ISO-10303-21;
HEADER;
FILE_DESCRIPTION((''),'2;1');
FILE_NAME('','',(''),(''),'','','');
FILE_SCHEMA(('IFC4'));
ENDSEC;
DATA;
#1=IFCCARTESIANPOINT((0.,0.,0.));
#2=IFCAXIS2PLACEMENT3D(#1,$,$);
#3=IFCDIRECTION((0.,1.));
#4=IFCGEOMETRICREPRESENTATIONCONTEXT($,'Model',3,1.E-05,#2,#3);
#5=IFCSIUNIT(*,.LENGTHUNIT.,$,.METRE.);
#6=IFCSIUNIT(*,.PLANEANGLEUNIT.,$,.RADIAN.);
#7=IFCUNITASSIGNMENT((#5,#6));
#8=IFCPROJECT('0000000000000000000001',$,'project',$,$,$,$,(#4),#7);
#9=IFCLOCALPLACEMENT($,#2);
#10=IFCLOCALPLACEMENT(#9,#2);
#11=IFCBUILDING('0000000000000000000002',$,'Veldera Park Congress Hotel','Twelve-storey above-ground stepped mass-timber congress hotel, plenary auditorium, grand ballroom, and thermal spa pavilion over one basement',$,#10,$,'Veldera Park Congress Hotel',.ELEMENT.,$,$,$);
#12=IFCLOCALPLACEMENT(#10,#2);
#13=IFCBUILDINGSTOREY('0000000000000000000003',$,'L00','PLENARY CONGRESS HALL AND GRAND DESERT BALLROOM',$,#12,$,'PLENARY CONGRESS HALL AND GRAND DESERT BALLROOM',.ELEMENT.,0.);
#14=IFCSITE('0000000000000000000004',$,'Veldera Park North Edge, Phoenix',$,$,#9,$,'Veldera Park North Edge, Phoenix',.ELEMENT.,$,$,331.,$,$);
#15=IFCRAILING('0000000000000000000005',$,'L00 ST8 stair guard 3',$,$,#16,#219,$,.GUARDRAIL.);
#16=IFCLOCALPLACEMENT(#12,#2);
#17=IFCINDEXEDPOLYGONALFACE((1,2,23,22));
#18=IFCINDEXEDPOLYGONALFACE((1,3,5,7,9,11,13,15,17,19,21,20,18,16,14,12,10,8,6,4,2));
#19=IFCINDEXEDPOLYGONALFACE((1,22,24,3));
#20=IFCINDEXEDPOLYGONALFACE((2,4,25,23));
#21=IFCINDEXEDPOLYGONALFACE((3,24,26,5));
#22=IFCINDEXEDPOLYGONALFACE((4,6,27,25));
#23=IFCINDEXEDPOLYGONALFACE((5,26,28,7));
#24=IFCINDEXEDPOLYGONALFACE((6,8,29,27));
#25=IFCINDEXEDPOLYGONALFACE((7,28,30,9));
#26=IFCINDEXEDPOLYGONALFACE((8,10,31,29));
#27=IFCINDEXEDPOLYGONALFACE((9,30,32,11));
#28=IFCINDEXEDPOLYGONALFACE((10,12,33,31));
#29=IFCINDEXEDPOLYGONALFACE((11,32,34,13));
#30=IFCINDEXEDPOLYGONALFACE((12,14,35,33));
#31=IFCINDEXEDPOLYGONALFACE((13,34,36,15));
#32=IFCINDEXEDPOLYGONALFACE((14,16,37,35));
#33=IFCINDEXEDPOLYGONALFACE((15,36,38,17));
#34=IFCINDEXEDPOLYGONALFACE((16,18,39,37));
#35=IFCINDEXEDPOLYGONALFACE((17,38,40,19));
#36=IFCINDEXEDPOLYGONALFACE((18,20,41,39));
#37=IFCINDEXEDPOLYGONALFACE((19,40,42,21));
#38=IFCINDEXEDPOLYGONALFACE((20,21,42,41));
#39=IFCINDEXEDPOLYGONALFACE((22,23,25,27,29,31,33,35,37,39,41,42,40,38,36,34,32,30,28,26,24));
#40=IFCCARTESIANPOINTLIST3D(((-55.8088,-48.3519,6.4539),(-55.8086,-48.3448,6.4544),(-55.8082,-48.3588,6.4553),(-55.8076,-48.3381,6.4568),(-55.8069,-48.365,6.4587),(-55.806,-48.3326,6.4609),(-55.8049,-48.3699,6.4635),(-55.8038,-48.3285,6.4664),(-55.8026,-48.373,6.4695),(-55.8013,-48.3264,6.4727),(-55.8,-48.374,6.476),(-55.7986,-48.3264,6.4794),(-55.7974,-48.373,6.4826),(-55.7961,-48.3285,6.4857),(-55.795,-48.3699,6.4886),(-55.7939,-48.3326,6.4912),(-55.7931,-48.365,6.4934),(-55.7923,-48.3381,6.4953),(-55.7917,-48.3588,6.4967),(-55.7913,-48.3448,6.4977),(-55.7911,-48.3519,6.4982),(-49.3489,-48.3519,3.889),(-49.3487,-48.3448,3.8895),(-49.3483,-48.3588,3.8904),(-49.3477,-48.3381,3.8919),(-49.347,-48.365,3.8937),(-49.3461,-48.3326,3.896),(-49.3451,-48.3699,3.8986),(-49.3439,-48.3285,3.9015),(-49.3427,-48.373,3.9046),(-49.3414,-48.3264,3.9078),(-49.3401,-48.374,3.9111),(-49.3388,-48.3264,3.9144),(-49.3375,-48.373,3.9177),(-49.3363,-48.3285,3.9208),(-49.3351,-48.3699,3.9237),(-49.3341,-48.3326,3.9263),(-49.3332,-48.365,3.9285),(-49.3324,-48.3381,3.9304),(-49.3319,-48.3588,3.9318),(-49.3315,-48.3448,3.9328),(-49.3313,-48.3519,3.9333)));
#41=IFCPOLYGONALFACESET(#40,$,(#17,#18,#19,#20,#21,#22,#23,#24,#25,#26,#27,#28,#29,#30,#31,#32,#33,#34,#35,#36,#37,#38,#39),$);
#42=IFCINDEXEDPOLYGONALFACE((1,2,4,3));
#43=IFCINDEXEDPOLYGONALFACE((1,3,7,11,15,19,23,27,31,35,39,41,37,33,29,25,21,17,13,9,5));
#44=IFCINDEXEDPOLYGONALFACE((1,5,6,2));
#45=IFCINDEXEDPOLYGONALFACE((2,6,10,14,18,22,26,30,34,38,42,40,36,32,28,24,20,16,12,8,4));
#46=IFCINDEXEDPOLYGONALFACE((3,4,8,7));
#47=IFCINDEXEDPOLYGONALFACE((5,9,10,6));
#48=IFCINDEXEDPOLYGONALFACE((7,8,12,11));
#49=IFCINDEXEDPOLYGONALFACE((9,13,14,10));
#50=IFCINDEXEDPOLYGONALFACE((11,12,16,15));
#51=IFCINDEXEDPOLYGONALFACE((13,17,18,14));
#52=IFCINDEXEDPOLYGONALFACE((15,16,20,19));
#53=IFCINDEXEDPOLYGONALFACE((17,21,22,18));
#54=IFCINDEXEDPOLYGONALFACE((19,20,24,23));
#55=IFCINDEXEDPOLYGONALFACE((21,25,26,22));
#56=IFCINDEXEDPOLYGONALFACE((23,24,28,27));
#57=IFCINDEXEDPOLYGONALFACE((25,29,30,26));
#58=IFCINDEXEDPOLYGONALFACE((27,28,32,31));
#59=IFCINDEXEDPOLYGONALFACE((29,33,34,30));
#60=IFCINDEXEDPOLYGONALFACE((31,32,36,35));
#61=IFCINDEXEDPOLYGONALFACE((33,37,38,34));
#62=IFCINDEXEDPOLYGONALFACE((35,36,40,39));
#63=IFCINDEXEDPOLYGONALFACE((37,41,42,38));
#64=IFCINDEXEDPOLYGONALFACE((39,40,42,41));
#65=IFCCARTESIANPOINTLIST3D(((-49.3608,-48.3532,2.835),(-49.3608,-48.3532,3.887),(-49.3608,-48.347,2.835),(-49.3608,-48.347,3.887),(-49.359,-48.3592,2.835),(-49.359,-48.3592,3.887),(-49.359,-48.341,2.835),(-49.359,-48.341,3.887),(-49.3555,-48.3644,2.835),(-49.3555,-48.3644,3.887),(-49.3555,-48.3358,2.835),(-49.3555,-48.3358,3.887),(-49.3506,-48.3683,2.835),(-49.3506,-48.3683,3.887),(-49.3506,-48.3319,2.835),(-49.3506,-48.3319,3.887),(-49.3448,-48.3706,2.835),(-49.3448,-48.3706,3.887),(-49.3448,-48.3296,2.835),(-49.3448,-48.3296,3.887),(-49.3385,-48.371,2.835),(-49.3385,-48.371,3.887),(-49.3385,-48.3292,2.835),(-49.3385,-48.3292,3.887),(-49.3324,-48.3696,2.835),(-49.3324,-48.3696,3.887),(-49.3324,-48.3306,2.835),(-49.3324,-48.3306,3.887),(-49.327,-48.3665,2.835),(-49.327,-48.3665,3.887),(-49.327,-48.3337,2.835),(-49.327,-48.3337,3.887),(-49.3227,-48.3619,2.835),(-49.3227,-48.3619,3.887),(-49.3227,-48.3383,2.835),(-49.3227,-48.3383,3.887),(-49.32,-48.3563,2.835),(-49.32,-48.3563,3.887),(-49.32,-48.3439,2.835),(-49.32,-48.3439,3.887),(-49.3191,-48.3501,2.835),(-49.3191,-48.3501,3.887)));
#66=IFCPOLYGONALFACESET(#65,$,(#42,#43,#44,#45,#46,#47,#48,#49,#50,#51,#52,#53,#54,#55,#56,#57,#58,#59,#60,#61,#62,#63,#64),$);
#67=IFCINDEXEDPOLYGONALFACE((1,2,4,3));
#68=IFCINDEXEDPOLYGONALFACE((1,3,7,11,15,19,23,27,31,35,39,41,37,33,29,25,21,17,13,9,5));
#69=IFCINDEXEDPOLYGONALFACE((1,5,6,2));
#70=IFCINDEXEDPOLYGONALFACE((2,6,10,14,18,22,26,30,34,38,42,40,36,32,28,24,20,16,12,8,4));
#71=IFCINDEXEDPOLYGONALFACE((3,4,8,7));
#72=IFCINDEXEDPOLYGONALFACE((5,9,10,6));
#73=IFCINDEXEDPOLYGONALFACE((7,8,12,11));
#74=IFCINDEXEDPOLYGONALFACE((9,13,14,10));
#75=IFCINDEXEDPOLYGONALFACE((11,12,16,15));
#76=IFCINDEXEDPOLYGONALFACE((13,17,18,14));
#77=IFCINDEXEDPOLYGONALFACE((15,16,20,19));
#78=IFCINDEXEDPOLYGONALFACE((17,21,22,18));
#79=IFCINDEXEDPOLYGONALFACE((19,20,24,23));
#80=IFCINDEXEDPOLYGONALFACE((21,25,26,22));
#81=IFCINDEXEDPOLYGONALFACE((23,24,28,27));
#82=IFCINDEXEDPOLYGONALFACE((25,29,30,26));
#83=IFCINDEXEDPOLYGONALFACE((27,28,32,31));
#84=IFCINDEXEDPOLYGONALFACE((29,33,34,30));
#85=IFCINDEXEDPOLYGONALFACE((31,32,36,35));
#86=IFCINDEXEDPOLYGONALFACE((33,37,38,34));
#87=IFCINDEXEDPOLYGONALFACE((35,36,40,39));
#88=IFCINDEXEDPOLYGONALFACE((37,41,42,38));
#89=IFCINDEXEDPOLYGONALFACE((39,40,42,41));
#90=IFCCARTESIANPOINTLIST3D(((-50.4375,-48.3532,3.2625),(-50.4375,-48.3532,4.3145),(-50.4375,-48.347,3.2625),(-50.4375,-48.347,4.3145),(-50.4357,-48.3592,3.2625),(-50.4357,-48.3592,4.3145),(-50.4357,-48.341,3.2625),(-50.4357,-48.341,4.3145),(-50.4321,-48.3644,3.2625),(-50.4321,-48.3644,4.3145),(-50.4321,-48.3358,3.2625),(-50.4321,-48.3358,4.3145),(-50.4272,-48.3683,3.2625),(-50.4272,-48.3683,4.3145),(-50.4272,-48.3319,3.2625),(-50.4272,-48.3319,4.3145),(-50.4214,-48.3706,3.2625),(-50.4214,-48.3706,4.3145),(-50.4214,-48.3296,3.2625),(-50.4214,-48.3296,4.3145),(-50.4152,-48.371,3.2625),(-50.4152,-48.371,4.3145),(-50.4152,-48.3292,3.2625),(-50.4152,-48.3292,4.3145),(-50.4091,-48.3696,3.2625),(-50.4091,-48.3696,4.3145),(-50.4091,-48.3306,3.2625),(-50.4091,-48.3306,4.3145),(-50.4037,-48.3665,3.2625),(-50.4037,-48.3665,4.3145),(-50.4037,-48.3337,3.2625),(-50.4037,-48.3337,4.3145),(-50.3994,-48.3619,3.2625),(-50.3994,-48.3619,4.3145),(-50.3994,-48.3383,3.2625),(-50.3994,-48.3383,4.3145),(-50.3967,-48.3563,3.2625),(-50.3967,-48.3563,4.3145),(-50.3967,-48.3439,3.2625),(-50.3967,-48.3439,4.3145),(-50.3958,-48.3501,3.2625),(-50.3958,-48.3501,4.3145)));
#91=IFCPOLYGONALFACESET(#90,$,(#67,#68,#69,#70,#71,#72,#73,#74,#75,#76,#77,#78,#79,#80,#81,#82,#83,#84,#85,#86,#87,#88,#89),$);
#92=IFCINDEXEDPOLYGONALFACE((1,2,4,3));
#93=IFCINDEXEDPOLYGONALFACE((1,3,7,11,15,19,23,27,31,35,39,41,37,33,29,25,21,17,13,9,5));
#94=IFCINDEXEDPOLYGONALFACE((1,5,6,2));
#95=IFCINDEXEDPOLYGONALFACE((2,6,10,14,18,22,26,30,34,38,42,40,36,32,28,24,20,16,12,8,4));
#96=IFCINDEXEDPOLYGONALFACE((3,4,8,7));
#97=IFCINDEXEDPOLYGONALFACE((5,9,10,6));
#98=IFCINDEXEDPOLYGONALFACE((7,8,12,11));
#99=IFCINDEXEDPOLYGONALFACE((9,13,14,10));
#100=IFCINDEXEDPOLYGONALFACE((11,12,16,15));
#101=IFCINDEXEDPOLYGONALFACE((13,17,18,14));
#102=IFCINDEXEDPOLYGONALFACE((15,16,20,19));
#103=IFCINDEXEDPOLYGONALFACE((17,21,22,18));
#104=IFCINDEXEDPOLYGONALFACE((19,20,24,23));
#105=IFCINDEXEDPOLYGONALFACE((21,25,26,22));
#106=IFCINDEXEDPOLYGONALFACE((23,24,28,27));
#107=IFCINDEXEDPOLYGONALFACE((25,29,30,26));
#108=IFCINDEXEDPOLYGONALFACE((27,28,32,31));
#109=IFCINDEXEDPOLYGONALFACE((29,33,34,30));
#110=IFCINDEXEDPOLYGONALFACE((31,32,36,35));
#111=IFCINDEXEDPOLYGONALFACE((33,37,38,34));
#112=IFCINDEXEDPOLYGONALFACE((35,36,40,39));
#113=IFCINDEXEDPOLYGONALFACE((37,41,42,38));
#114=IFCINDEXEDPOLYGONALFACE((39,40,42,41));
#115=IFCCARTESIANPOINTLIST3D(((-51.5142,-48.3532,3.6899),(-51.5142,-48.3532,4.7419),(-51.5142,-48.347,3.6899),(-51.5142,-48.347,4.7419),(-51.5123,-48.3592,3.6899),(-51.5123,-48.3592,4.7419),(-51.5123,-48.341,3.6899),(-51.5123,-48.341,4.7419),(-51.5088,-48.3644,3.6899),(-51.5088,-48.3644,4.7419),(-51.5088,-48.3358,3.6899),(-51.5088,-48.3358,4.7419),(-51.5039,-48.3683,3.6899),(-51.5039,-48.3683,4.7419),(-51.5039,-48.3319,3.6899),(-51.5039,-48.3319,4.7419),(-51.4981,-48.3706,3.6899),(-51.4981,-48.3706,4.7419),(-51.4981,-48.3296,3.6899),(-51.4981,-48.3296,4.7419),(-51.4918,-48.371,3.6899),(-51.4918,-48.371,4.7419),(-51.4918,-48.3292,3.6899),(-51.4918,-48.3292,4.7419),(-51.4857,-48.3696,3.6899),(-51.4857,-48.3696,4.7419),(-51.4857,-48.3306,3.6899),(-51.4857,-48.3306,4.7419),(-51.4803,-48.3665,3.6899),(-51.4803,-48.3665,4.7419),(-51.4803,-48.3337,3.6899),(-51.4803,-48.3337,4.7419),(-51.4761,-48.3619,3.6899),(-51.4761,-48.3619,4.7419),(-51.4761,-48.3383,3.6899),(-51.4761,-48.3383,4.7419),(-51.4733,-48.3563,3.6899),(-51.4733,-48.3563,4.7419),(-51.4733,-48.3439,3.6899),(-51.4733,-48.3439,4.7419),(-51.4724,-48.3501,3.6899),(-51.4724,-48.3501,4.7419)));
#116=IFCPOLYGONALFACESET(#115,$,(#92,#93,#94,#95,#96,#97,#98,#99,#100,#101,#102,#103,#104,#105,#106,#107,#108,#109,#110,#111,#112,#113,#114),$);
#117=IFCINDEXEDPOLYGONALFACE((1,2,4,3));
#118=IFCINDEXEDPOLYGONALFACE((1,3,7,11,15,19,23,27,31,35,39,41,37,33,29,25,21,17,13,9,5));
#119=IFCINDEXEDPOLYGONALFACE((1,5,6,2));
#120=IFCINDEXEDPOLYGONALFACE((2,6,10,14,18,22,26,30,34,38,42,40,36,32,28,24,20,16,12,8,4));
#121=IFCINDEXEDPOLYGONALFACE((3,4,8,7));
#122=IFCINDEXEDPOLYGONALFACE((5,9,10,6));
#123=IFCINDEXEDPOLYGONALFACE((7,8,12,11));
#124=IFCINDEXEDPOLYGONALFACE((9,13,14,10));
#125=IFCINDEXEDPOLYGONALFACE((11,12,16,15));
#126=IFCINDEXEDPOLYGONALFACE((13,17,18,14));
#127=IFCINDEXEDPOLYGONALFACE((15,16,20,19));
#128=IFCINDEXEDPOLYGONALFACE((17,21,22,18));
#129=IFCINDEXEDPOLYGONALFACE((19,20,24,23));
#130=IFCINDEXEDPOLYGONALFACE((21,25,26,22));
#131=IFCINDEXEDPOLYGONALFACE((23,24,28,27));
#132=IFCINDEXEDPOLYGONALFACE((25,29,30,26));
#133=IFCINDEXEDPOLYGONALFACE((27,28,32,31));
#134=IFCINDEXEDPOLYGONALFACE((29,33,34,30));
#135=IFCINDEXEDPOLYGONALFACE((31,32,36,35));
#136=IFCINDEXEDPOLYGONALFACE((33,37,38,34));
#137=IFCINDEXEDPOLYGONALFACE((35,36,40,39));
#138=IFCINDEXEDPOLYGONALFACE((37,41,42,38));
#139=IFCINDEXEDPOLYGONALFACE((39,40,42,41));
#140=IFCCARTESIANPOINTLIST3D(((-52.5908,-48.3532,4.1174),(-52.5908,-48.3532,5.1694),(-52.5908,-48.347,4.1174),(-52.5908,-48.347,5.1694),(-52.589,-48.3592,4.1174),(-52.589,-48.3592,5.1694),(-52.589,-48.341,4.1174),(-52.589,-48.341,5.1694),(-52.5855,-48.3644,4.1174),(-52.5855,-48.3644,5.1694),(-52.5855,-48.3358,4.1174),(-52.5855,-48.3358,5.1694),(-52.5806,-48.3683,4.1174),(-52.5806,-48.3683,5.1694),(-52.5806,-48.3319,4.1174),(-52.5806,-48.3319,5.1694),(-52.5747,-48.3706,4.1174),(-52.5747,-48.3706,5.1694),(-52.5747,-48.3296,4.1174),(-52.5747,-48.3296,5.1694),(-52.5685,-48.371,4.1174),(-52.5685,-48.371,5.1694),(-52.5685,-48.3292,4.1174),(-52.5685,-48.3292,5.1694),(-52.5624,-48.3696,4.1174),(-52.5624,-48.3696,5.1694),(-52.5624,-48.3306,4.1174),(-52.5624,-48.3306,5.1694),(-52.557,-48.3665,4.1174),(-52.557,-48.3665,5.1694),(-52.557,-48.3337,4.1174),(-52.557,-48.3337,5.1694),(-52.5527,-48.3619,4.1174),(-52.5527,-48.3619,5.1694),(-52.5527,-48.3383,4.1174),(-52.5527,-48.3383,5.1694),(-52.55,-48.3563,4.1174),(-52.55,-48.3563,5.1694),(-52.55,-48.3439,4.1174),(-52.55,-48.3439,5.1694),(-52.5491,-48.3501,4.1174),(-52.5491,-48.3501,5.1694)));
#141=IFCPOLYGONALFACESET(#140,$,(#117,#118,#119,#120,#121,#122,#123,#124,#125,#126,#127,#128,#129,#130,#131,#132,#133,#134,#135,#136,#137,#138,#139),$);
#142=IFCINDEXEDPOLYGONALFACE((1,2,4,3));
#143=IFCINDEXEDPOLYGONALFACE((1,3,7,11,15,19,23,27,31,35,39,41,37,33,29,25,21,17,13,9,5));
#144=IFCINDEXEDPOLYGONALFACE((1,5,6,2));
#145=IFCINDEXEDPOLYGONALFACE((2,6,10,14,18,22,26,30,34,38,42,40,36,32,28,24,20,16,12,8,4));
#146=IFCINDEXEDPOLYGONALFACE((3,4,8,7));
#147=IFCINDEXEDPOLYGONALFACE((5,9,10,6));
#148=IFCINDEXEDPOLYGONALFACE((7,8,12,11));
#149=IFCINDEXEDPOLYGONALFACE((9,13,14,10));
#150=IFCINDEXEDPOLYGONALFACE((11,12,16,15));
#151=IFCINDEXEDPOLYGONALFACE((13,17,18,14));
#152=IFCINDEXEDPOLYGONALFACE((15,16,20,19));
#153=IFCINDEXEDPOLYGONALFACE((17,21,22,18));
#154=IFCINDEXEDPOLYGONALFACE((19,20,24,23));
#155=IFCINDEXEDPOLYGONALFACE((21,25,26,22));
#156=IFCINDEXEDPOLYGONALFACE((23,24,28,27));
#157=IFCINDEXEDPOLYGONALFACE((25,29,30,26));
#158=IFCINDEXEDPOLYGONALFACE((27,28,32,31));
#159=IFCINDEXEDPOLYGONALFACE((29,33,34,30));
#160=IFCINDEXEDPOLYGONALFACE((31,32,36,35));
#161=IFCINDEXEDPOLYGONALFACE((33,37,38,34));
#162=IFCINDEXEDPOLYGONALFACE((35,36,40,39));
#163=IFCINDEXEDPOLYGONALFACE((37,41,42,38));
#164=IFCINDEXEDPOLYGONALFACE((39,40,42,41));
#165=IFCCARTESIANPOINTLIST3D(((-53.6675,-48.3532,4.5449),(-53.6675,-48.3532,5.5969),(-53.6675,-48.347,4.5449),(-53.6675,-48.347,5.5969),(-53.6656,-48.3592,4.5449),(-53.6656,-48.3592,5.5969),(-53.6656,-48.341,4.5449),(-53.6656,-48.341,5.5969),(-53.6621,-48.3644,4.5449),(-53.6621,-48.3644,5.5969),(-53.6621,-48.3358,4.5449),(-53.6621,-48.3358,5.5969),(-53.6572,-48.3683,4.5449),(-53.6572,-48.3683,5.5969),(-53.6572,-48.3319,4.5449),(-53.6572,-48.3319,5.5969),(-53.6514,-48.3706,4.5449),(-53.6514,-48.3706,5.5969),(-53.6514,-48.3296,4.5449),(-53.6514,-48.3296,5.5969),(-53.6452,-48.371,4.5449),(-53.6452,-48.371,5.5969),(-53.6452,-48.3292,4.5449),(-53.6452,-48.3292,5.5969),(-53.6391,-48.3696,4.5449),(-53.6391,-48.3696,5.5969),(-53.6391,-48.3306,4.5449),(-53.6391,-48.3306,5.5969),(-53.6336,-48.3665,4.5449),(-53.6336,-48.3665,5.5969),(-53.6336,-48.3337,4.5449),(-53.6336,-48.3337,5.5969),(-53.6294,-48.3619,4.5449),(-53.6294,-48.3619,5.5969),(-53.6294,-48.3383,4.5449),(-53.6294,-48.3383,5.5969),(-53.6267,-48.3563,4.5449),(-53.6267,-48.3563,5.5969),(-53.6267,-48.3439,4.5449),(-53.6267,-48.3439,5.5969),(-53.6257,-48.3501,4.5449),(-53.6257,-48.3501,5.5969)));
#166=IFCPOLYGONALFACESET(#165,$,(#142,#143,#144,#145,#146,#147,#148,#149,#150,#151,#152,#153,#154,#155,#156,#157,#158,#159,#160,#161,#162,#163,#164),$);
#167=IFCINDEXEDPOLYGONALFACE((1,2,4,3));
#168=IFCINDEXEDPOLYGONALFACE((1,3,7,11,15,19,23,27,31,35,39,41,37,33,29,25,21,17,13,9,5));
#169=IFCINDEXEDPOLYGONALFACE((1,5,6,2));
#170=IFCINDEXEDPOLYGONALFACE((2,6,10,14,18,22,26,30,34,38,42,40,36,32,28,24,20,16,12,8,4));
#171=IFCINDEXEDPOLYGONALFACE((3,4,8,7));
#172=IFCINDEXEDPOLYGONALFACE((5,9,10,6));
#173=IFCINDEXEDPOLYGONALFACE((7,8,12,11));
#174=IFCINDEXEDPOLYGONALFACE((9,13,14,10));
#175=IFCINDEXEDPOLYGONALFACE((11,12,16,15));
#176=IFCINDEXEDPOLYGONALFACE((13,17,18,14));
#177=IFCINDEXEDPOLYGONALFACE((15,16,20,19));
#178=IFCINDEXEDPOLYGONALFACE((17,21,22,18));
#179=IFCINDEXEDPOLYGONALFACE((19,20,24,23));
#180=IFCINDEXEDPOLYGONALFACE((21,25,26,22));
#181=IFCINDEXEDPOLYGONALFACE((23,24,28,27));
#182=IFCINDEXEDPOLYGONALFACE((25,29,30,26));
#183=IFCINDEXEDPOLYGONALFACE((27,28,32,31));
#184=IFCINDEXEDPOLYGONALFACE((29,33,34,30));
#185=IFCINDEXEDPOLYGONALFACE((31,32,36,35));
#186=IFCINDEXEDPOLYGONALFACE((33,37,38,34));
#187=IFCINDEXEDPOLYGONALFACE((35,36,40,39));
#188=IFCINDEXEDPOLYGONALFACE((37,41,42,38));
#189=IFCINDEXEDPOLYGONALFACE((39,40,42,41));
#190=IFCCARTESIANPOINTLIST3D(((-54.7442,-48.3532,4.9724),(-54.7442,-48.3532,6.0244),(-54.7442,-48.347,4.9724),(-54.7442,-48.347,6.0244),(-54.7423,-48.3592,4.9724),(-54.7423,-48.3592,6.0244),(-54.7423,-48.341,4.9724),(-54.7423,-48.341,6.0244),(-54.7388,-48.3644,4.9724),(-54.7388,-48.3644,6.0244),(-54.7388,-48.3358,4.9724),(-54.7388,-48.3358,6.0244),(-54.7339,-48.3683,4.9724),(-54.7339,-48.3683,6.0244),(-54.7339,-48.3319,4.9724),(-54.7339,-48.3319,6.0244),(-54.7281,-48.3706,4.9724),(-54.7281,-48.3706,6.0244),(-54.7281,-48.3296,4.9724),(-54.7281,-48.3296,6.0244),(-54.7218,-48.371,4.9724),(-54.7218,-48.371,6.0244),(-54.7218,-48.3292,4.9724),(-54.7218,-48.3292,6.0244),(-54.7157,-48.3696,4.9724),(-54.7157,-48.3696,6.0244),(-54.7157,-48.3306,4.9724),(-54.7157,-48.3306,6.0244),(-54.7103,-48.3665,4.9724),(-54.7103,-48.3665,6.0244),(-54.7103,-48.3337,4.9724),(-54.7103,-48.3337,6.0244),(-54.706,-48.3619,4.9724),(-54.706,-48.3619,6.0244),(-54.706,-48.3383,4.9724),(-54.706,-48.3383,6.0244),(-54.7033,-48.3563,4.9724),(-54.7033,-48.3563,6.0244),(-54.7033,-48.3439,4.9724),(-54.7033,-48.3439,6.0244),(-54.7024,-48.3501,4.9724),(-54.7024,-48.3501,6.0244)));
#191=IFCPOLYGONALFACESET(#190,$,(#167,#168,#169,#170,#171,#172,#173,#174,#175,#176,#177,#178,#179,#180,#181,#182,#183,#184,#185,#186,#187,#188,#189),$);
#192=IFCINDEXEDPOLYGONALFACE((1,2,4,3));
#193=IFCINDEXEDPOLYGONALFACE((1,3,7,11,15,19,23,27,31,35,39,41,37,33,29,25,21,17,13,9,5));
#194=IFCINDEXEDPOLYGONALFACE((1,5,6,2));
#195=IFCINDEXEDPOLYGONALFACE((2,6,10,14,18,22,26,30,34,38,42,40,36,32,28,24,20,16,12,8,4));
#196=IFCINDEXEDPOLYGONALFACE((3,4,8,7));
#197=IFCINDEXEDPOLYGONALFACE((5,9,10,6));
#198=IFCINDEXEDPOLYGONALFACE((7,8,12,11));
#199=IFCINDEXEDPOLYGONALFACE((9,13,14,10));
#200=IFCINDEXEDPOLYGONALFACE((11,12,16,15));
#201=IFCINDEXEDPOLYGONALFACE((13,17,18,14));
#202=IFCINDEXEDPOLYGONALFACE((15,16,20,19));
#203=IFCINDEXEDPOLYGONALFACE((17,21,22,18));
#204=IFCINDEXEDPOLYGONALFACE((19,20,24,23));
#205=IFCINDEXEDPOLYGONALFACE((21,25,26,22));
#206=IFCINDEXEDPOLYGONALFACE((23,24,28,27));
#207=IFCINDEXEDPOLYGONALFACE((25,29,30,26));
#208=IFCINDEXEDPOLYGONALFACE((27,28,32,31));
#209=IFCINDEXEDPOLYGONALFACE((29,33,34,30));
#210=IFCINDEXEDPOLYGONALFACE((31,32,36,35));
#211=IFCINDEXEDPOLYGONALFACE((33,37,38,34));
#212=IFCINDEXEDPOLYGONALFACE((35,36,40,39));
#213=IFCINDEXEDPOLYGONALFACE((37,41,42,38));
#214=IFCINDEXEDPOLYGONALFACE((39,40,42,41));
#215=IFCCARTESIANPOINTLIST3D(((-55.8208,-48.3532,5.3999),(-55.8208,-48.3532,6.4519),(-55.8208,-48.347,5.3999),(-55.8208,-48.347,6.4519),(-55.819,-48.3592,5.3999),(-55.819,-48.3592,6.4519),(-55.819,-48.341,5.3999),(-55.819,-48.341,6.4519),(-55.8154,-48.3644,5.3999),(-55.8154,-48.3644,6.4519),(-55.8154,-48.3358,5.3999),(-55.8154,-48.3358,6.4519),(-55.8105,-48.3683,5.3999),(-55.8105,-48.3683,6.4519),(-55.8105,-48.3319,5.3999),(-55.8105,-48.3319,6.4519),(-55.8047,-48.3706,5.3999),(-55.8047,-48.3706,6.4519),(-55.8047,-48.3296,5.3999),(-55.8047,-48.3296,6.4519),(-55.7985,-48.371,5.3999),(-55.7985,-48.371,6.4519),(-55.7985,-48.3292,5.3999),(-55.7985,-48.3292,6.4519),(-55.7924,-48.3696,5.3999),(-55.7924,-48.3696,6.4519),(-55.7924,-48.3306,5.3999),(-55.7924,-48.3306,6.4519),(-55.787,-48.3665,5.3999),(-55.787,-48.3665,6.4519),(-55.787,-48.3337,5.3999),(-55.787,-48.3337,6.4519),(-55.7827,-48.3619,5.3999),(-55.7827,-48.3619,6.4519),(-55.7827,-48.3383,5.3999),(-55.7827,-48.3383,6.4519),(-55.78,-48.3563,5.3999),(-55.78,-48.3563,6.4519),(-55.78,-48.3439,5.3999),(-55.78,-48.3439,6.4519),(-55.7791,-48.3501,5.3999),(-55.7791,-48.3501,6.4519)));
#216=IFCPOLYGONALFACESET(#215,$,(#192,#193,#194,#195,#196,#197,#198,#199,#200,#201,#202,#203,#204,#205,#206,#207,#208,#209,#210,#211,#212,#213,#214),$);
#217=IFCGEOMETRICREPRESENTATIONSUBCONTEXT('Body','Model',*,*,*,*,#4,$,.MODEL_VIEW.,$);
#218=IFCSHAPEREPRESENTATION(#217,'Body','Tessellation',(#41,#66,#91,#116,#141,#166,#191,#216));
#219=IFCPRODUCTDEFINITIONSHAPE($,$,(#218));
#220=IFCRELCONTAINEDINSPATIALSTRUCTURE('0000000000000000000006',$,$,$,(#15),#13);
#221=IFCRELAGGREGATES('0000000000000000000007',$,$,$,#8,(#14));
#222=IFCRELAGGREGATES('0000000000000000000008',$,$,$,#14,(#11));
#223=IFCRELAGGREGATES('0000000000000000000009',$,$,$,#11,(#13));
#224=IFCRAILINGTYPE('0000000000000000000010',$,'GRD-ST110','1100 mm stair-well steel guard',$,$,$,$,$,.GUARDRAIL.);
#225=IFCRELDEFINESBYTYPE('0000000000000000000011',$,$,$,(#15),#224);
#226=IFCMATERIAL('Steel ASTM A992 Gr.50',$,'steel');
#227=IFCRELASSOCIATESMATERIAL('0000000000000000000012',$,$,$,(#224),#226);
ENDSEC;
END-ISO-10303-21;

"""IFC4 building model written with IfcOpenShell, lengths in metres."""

from ifc_helpers import new_model, si_unit, direction, frame, origin, origin_2d, place, context, subcontext, project, spatial, circle, extrude, material, type_object, element, save


model = new_model("IFC4")

# Units and contexts
model_context = context("Model", 3, precision=1e-05, world=origin(), true_north=direction((0.0, 1.0)))
body_context = subcontext(model_context, "Body", "Model", "MODEL_VIEW")
ifc_project = project(units=[si_unit("LENGTHUNIT", "METRE"), si_unit("PLANEANGLEUNIT", "RADIAN")], contexts=[model_context])

# Site, building, storey
site_placement = place(None, origin())
site = spatial("IfcSite", under=ifc_project, at=site_placement, Name="Veldera Park North Edge, Phoenix", LongName="Veldera Park North Edge, Phoenix", CompositionType="ELEMENT", RefElevation=331.0)
building_placement = place(site_placement, origin())
building = spatial("IfcBuilding", under=site, at=building_placement, Name="Veldera Park Congress Hotel", Description="Twelve-storey above-ground stepped mass-timber congress hotel, plenary auditorium, grand ballroom, and thermal spa pavilion over one basement", LongName="Veldera Park Congress Hotel", CompositionType="ELEMENT")
storey_placement = place(building_placement, origin())
storey = spatial("IfcBuildingStorey", under=building, at=storey_placement, Name="L00", Description="PLENARY CONGRESS HALL AND GRAND DESERT BALLROOM", LongName="PLENARY CONGRESS HALL AND GRAND DESERT BALLROOM", CompositionType="ELEMENT", Elevation=0.0)

# Shared definitions
ifc_material_1 = material(Name="Steel ASTM A992 Gr.50", Category="steel")

# Railing
railing_type_1 = type_object("IfcRailingType", Name="GRD-ST110", Description="1100 mm stair-well steel guard", PredefinedType="GUARDRAIL", material=ifc_material_1)
railing_1_placement = place(storey_placement, frame((-49.3401, -48.3501, 2.835)))
element("IfcRailing", 1, at=railing_1_placement, inside=storey, type_object=railing_type_1, Name="L00 ST8 stair guard 3", PredefinedType="GUARDRAIL", context=body_context, shape_type="SweptSolid", body=[
    extrude(circle(Radius=0.0239, at=origin_2d()), frame((0.0, 0.0, 1.0762), z_axis=(-0.929418, 0.0, 0.369028), x_axis=(0.0, -1.0, 0.0)), (0.0, 0.0, 1.0), 6.9504),
    extrude(circle(Radius=0.021, at=origin_2d()), origin(), (0.0, 0.0, 1.0), 1.052),
    extrude(circle(Radius=0.021, at=origin_2d()), frame((-1.0767, 0.0, 0.4275)), (0.0, 0.0, 1.0), 1.052),
    extrude(circle(Radius=0.021, at=origin_2d()), frame((-2.1533, 0.0, 0.855)), (0.0, 0.0, 1.0), 1.052),
    extrude(circle(Radius=0.021, at=origin_2d()), frame((-3.23, 0.0, 1.2825)), (0.0, 0.0, 1.0), 1.052),
    extrude(circle(Radius=0.021, at=origin_2d()), frame((-4.3066, 0.0, 1.71)), (0.0, 0.0, 1.0), 1.052),
    extrude(circle(Radius=0.021, at=origin_2d()), frame((-5.3833, 0.0, 2.1375)), (0.0, 0.0, 1.0), 1.052),
    extrude(circle(Radius=0.021, at=origin_2d()), frame((-6.46, 0.0, 2.5649)), (0.0, 0.0, 1.0), 1.052),
])

save(model, "model.ifc")
